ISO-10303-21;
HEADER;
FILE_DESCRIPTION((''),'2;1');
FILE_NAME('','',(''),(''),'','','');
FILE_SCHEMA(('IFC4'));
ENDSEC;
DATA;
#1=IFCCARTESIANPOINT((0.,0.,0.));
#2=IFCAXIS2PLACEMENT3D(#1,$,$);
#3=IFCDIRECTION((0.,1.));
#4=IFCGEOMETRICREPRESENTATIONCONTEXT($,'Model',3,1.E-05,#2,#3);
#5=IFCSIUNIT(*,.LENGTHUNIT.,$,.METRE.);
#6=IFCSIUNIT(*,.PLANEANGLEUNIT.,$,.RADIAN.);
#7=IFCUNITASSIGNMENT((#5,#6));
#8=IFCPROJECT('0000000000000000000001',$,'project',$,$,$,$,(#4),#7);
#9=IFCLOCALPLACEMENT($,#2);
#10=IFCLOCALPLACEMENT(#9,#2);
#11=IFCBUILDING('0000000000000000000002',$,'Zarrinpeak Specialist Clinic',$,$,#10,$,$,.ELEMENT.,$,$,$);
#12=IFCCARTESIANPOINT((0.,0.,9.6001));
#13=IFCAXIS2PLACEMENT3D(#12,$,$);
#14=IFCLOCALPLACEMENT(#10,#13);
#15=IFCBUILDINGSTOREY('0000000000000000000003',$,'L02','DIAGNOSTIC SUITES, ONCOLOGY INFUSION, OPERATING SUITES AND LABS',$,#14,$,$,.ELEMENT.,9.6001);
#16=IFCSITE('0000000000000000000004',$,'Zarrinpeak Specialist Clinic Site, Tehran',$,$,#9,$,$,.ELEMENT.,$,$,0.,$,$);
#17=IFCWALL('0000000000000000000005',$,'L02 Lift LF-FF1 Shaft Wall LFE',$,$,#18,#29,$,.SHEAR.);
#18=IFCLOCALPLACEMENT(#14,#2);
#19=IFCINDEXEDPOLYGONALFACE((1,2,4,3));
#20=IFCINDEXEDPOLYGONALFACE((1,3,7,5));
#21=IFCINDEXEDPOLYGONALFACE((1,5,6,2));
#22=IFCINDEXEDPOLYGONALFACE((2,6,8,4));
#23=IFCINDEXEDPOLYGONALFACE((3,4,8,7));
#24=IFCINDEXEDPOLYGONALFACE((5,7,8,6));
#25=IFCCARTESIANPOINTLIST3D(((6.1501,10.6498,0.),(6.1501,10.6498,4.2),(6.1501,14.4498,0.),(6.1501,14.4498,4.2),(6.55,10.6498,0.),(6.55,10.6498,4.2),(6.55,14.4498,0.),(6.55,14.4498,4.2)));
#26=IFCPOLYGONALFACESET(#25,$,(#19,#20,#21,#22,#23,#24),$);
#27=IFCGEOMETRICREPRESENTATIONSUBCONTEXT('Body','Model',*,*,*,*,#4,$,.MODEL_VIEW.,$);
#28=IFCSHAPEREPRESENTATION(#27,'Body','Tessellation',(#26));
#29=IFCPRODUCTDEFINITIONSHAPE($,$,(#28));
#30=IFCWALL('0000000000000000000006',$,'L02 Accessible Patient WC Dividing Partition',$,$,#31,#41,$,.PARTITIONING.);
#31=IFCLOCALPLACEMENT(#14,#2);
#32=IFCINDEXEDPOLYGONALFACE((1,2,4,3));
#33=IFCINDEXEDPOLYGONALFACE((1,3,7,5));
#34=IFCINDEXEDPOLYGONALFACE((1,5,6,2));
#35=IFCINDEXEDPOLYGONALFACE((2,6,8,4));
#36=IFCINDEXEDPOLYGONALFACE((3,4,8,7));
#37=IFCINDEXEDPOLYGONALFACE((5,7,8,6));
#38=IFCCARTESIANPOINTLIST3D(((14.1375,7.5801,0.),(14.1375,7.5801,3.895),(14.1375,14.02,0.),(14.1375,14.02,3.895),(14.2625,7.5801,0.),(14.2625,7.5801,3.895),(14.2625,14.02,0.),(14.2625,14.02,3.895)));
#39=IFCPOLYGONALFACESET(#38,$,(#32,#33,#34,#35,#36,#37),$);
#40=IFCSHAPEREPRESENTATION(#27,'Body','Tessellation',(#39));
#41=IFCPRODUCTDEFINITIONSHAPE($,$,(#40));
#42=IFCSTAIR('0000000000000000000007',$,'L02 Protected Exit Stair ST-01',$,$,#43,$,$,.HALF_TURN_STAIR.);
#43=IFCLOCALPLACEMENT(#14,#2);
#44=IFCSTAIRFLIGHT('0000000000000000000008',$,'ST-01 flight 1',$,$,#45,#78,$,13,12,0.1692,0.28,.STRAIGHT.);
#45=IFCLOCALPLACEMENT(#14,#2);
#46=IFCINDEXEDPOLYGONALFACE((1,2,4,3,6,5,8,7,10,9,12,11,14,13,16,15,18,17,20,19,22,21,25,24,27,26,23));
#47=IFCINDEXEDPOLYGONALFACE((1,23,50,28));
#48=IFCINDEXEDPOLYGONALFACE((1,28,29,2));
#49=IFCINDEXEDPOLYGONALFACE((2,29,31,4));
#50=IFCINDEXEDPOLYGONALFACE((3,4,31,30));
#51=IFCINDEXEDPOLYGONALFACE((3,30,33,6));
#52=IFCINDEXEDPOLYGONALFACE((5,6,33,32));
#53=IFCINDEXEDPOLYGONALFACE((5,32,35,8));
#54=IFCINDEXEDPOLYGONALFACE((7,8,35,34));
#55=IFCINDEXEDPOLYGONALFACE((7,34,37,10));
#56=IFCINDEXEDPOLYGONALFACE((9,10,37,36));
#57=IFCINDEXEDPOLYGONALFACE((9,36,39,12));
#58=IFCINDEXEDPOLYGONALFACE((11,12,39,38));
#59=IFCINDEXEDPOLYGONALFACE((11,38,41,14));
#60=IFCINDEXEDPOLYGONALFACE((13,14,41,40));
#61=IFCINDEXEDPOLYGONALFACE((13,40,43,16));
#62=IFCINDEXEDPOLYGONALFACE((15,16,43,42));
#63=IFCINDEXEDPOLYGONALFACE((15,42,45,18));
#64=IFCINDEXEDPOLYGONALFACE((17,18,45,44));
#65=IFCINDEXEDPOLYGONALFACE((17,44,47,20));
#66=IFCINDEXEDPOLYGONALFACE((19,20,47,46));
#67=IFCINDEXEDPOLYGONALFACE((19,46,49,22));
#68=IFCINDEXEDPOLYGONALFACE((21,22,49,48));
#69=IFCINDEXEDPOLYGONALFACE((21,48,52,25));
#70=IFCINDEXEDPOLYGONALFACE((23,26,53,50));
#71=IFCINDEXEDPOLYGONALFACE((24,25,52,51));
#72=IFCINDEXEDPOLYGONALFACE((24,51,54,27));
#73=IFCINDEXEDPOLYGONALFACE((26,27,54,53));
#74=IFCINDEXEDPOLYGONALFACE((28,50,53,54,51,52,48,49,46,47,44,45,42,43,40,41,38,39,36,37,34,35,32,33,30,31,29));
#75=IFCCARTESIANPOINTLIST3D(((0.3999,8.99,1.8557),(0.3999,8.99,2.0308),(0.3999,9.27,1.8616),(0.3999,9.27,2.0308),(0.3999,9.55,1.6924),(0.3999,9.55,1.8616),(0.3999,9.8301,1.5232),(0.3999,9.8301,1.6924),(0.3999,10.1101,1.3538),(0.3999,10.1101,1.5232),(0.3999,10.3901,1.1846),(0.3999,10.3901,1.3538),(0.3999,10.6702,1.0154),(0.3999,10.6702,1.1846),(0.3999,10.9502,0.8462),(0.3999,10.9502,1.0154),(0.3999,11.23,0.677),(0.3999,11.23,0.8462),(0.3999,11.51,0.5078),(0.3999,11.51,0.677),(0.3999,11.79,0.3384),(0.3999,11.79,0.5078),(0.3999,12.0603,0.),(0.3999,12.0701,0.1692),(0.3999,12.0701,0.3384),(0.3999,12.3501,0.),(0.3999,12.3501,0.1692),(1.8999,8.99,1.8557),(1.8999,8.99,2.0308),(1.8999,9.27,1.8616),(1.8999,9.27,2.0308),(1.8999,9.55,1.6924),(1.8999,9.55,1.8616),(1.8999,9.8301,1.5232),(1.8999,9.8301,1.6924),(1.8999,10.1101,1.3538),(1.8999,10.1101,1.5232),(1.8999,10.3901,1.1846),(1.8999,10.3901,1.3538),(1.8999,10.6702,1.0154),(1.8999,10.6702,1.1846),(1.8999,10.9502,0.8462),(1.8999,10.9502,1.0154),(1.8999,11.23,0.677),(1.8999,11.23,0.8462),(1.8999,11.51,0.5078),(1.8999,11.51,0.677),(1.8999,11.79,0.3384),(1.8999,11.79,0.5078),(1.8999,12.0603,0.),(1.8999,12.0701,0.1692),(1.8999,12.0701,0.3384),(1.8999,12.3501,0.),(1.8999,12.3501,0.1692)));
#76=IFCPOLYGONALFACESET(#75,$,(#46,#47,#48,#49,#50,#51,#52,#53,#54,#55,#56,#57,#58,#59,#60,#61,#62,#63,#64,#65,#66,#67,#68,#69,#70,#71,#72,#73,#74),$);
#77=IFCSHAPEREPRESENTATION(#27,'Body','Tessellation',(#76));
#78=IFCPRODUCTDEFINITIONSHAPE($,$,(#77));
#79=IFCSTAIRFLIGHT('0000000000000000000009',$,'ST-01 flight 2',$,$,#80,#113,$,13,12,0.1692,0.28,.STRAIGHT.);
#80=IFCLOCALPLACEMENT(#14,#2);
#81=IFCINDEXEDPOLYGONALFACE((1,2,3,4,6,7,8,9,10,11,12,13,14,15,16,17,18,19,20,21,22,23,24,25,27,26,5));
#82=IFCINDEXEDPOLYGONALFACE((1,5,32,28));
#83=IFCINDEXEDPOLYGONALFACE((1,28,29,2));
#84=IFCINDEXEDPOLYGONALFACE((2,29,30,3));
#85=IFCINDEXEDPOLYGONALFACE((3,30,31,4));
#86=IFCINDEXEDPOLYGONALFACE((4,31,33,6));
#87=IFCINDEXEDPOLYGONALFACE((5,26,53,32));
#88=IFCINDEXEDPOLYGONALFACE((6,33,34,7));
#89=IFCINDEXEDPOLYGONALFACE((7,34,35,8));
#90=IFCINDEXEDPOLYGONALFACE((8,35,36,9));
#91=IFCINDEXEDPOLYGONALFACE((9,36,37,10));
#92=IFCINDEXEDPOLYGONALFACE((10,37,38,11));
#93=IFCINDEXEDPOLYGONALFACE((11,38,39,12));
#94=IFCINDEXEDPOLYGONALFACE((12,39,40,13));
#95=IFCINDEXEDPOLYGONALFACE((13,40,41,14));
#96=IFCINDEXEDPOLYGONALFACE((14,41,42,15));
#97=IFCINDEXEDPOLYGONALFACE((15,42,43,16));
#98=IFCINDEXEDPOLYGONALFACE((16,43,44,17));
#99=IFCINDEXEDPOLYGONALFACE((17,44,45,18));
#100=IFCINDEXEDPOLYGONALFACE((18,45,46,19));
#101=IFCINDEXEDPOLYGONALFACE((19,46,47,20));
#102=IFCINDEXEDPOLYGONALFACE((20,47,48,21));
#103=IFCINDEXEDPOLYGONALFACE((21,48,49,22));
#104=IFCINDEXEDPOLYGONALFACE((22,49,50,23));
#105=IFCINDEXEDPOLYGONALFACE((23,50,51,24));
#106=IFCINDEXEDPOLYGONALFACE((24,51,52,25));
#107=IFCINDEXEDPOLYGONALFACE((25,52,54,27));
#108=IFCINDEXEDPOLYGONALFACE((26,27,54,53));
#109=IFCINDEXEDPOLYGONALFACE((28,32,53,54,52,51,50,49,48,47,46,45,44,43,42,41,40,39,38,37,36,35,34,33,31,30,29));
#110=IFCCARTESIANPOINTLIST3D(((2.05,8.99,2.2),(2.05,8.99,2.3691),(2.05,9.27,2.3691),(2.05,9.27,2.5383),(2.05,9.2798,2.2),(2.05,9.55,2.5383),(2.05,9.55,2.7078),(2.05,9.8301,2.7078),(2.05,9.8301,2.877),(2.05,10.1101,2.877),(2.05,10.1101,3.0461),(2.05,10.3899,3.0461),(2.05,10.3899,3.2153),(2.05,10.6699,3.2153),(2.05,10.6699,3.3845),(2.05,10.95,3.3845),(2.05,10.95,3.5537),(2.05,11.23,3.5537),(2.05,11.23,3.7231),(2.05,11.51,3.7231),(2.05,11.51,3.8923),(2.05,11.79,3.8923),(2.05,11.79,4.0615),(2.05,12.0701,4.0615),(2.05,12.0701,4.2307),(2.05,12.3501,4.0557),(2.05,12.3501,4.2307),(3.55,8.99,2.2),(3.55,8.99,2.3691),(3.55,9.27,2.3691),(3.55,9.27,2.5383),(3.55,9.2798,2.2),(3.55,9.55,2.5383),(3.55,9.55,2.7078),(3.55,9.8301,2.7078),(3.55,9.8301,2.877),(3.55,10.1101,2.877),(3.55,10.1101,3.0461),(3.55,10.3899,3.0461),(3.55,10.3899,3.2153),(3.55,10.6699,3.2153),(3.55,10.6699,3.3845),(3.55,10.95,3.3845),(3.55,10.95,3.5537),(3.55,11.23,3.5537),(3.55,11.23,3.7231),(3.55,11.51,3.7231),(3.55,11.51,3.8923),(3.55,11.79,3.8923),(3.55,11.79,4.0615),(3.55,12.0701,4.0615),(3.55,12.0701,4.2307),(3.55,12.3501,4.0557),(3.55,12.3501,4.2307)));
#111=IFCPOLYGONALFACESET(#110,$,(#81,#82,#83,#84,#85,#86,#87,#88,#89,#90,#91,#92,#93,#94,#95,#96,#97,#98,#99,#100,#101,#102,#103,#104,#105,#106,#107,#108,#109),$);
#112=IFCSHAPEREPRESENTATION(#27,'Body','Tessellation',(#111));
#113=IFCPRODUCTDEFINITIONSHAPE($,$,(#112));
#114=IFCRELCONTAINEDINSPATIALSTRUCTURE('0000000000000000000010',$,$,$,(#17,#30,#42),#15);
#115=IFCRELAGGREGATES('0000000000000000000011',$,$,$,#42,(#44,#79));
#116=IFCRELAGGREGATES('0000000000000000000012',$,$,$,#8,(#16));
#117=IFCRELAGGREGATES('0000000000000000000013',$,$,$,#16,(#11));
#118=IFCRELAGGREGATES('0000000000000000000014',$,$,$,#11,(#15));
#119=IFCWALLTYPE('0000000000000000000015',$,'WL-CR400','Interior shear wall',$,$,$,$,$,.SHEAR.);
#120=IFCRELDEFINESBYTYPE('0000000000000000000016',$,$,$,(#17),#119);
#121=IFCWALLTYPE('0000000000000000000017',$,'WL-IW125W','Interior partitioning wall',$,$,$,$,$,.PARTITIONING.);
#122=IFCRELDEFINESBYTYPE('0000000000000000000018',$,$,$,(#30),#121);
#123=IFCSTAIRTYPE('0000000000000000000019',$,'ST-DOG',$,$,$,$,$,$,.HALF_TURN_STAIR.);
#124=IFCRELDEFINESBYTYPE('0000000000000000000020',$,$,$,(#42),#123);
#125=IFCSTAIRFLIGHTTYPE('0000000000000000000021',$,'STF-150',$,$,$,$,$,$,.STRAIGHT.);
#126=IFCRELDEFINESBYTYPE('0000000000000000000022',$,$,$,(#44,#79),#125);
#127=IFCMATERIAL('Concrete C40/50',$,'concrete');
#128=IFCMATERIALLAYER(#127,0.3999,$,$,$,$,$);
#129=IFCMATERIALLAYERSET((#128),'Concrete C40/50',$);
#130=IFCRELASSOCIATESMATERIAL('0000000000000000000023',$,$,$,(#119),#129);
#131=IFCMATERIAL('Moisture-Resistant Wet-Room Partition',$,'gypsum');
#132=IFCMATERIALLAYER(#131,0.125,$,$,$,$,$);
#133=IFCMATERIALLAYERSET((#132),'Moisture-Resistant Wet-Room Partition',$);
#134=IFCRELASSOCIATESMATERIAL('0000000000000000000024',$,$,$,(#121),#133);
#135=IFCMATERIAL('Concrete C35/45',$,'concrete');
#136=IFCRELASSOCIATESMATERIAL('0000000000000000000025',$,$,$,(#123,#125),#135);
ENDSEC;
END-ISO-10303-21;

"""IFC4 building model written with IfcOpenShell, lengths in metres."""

from ifc_helpers import new_model, si_unit, direction, frame, frame_2d, origin, place, context, subcontext, project, spatial, polyline, rectangle, outline, extrude, material, layer, layer_set, type_object, element, aggregate, save


model = new_model("IFC4")

# Units and contexts
model_context = context("Model", 3, precision=1e-05, world=origin(), true_north=direction((0.0, 1.0)))
body_context = subcontext(model_context, "Body", "Model", "MODEL_VIEW")
ifc_project = project(units=[si_unit("LENGTHUNIT", "METRE"), si_unit("PLANEANGLEUNIT", "RADIAN")], contexts=[model_context])

# Site, building, storey
site_placement = place(None, origin())
site = spatial("IfcSite", under=ifc_project, at=site_placement, Name="Zarrinpeak Specialist Clinic Site, Tehran", CompositionType="ELEMENT", RefElevation=0.0)
building_placement = place(site_placement, origin())
building = spatial("IfcBuilding", under=site, at=building_placement, Name="Zarrinpeak Specialist Clinic", CompositionType="ELEMENT")
storey_placement = place(building_placement, frame((0.0, 0.0, 9.6001)))
storey = spatial("IfcBuildingStorey", under=building, at=storey_placement, Name="L02", Description="DIAGNOSTIC SUITES, ONCOLOGY INFUSION, OPERATING SUITES AND LABS", CompositionType="ELEMENT", Elevation=9.6001)

# Shared definitions
ifc_material_1 = material(Name="Concrete C40/50", Category="concrete")
ifc_layer_1 = layer(ifc_material_1, 0.3999)
ifc_layer_set_1 = layer_set([ifc_layer_1], Name="Concrete C40/50")
wall_type_1 = type_object("IfcWallType", Name="WL-CR400", Description="Interior shear wall", PredefinedType="SHEAR", material=ifc_layer_set_1)

# Walls
wall_1_placement = place(storey_placement, frame((6.3501, 10.6499, 0.0), z_axis=(0.0, 0.0, 1.0), x_axis=(0.0, 1.0, 0.0)))
element("IfcWall", 1, at=wall_1_placement, inside=storey, type_object=wall_type_1, Name="L02 Lift LF-FF1 Shaft Wall LFE", PredefinedType="SHEAR", context=body_context, shape_type="SweptSolid", body=[
    extrude(rectangle(XDim=3.8, YDim=0.3999, at=frame_2d((1.8999, 0.0))), origin(), (0.0, 0.0, 1.0), 4.2),
])
ifc_material_2 = material(Name="Moisture-Resistant Wet-Room Partition", Category="gypsum")
ifc_layer_2 = layer(ifc_material_2, 0.125)
ifc_layer_set_2 = layer_set([ifc_layer_2], Name="Moisture-Resistant Wet-Room Partition")
wall_type_2 = type_object("IfcWallType", Name="WL-IW125W", Description="Interior partitioning wall", PredefinedType="PARTITIONING", material=ifc_layer_set_2)
wall_2_placement = place(storey_placement, frame((14.2, 7.5801, 0.0), z_axis=(0.0, 0.0, 1.0), x_axis=(0.0, 1.0, 0.0)))
element("IfcWall", 2, at=wall_2_placement, inside=storey, type_object=wall_type_2, Name="L02 Accessible Patient WC Dividing Partition", PredefinedType="PARTITIONING", context=body_context, shape_type="SweptSolid", body=[
    extrude(rectangle(XDim=6.4399, YDim=0.125, at=frame_2d((3.22, 0.0))), origin(), (0.0, 0.0, 1.0), 3.895),
])

# Stair, stair flights
ifc_material_3 = material(Name="Concrete C35/45", Category="concrete")
stair_type = type_object("IfcStairType", Name="ST-DOG", PredefinedType="HALF_TURN_STAIR", material=ifc_material_3)
stair_placement = place(storey_placement, origin())
stair = element("IfcStair", 3, at=stair_placement, inside=storey, type_object=stair_type, Name="L02 Protected Exit Stair ST-01", PredefinedType="HALF_TURN_STAIR")
stair_flight_type = type_object("IfcStairFlightType", Name="STF-150", PredefinedType="STRAIGHT", material=ifc_material_3)
stair_flight_1_placement = place(storey_placement, frame((1.1499, 12.3501, 0.0), z_axis=(0.0, 0.0, 1.0), x_axis=(0.0, -1.0, 0.0)))
stair_flight_1 = element("IfcStairFlight", 4, at=stair_flight_1_placement, type_object=stair_flight_type, Name="ST-01 flight 1", NumberOfRisers=13, NumberOfTreads=12, PredefinedType="STRAIGHT", RiserHeight=0.1692, TreadLength=0.28, context=body_context, shape_type="SweptSolid", body=[
    extrude(outline(polyline([(0.0, 0.0), (0.0, 0.1692), (0.28, 0.1692), (0.28, 0.3384), (0.5601, 0.3384), (0.5601, 0.5078), (0.8401, 0.5078), (0.8401, 0.677), (1.1201, 0.677), (1.1201, 0.8462), (1.3999, 0.8462), (1.3999, 1.0154), (1.6799, 1.0154), (1.6799, 1.1846), (1.96, 1.1846), (1.96, 1.3538), (2.24, 1.3538), (2.24, 1.5232), (2.52, 1.5232), (2.52, 1.6924), (2.8, 1.6924), (2.8, 1.8616), (3.0801, 1.8616), (3.0801, 2.0308), (3.3601, 2.0308), (3.3601, 2.2), (3.3601, 1.8557), (0.2898, 0.0), (0.0, 0.0)])), frame((0.0, 0.75, 0.0), z_axis=(0.0, -1.0, 0.0), x_axis=(1.0, 0.0, 0.0)), (0.0, 0.0, 1.0), 1.5),
])
stair_flight_2_placement = place(storey_placement, frame((2.8, 8.99, 2.2), z_axis=(0.0, 0.0, 1.0), x_axis=(0.0, 1.0, 0.0)))
stair_flight_2 = element("IfcStairFlight", 5, at=stair_flight_2_placement, type_object=stair_flight_type, Name="ST-01 flight 2", NumberOfRisers=13, NumberOfTreads=12, PredefinedType="STRAIGHT", RiserHeight=0.1692, TreadLength=0.28, context=body_context, shape_type="SweptSolid", body=[
    extrude(outline(polyline([(0.0, 0.0), (0.0, 0.1692), (0.28, 0.1692), (0.28, 0.3384), (0.5601, 0.3384), (0.5601, 0.5078), (0.8401, 0.5078), (0.8401, 0.677), (1.1201, 0.677), (1.1201, 0.8462), (1.3999, 0.8462), (1.3999, 1.0154), (1.6799, 1.0154), (1.6799, 1.1846), (1.96, 1.1846), (1.96, 1.3538), (2.24, 1.3538), (2.24, 1.5232), (2.52, 1.5232), (2.52, 1.6924), (2.8, 1.6924), (2.8, 1.8616), (3.0801, 1.8616), (3.0801, 2.0308), (3.3601, 2.0308), (3.3601, 2.2), (3.3601, 1.8557), (0.2898, 0.0), (0.0, 0.0)])), frame((0.0, 0.75, 0.0), z_axis=(0.0, -1.0, 0.0), x_axis=(1.0, 0.0, 0.0)), (0.0, 0.0, 1.0), 1.5),
])
aggregate(stair, [stair_flight_1, stair_flight_2])

save(model, "model.ifc")
